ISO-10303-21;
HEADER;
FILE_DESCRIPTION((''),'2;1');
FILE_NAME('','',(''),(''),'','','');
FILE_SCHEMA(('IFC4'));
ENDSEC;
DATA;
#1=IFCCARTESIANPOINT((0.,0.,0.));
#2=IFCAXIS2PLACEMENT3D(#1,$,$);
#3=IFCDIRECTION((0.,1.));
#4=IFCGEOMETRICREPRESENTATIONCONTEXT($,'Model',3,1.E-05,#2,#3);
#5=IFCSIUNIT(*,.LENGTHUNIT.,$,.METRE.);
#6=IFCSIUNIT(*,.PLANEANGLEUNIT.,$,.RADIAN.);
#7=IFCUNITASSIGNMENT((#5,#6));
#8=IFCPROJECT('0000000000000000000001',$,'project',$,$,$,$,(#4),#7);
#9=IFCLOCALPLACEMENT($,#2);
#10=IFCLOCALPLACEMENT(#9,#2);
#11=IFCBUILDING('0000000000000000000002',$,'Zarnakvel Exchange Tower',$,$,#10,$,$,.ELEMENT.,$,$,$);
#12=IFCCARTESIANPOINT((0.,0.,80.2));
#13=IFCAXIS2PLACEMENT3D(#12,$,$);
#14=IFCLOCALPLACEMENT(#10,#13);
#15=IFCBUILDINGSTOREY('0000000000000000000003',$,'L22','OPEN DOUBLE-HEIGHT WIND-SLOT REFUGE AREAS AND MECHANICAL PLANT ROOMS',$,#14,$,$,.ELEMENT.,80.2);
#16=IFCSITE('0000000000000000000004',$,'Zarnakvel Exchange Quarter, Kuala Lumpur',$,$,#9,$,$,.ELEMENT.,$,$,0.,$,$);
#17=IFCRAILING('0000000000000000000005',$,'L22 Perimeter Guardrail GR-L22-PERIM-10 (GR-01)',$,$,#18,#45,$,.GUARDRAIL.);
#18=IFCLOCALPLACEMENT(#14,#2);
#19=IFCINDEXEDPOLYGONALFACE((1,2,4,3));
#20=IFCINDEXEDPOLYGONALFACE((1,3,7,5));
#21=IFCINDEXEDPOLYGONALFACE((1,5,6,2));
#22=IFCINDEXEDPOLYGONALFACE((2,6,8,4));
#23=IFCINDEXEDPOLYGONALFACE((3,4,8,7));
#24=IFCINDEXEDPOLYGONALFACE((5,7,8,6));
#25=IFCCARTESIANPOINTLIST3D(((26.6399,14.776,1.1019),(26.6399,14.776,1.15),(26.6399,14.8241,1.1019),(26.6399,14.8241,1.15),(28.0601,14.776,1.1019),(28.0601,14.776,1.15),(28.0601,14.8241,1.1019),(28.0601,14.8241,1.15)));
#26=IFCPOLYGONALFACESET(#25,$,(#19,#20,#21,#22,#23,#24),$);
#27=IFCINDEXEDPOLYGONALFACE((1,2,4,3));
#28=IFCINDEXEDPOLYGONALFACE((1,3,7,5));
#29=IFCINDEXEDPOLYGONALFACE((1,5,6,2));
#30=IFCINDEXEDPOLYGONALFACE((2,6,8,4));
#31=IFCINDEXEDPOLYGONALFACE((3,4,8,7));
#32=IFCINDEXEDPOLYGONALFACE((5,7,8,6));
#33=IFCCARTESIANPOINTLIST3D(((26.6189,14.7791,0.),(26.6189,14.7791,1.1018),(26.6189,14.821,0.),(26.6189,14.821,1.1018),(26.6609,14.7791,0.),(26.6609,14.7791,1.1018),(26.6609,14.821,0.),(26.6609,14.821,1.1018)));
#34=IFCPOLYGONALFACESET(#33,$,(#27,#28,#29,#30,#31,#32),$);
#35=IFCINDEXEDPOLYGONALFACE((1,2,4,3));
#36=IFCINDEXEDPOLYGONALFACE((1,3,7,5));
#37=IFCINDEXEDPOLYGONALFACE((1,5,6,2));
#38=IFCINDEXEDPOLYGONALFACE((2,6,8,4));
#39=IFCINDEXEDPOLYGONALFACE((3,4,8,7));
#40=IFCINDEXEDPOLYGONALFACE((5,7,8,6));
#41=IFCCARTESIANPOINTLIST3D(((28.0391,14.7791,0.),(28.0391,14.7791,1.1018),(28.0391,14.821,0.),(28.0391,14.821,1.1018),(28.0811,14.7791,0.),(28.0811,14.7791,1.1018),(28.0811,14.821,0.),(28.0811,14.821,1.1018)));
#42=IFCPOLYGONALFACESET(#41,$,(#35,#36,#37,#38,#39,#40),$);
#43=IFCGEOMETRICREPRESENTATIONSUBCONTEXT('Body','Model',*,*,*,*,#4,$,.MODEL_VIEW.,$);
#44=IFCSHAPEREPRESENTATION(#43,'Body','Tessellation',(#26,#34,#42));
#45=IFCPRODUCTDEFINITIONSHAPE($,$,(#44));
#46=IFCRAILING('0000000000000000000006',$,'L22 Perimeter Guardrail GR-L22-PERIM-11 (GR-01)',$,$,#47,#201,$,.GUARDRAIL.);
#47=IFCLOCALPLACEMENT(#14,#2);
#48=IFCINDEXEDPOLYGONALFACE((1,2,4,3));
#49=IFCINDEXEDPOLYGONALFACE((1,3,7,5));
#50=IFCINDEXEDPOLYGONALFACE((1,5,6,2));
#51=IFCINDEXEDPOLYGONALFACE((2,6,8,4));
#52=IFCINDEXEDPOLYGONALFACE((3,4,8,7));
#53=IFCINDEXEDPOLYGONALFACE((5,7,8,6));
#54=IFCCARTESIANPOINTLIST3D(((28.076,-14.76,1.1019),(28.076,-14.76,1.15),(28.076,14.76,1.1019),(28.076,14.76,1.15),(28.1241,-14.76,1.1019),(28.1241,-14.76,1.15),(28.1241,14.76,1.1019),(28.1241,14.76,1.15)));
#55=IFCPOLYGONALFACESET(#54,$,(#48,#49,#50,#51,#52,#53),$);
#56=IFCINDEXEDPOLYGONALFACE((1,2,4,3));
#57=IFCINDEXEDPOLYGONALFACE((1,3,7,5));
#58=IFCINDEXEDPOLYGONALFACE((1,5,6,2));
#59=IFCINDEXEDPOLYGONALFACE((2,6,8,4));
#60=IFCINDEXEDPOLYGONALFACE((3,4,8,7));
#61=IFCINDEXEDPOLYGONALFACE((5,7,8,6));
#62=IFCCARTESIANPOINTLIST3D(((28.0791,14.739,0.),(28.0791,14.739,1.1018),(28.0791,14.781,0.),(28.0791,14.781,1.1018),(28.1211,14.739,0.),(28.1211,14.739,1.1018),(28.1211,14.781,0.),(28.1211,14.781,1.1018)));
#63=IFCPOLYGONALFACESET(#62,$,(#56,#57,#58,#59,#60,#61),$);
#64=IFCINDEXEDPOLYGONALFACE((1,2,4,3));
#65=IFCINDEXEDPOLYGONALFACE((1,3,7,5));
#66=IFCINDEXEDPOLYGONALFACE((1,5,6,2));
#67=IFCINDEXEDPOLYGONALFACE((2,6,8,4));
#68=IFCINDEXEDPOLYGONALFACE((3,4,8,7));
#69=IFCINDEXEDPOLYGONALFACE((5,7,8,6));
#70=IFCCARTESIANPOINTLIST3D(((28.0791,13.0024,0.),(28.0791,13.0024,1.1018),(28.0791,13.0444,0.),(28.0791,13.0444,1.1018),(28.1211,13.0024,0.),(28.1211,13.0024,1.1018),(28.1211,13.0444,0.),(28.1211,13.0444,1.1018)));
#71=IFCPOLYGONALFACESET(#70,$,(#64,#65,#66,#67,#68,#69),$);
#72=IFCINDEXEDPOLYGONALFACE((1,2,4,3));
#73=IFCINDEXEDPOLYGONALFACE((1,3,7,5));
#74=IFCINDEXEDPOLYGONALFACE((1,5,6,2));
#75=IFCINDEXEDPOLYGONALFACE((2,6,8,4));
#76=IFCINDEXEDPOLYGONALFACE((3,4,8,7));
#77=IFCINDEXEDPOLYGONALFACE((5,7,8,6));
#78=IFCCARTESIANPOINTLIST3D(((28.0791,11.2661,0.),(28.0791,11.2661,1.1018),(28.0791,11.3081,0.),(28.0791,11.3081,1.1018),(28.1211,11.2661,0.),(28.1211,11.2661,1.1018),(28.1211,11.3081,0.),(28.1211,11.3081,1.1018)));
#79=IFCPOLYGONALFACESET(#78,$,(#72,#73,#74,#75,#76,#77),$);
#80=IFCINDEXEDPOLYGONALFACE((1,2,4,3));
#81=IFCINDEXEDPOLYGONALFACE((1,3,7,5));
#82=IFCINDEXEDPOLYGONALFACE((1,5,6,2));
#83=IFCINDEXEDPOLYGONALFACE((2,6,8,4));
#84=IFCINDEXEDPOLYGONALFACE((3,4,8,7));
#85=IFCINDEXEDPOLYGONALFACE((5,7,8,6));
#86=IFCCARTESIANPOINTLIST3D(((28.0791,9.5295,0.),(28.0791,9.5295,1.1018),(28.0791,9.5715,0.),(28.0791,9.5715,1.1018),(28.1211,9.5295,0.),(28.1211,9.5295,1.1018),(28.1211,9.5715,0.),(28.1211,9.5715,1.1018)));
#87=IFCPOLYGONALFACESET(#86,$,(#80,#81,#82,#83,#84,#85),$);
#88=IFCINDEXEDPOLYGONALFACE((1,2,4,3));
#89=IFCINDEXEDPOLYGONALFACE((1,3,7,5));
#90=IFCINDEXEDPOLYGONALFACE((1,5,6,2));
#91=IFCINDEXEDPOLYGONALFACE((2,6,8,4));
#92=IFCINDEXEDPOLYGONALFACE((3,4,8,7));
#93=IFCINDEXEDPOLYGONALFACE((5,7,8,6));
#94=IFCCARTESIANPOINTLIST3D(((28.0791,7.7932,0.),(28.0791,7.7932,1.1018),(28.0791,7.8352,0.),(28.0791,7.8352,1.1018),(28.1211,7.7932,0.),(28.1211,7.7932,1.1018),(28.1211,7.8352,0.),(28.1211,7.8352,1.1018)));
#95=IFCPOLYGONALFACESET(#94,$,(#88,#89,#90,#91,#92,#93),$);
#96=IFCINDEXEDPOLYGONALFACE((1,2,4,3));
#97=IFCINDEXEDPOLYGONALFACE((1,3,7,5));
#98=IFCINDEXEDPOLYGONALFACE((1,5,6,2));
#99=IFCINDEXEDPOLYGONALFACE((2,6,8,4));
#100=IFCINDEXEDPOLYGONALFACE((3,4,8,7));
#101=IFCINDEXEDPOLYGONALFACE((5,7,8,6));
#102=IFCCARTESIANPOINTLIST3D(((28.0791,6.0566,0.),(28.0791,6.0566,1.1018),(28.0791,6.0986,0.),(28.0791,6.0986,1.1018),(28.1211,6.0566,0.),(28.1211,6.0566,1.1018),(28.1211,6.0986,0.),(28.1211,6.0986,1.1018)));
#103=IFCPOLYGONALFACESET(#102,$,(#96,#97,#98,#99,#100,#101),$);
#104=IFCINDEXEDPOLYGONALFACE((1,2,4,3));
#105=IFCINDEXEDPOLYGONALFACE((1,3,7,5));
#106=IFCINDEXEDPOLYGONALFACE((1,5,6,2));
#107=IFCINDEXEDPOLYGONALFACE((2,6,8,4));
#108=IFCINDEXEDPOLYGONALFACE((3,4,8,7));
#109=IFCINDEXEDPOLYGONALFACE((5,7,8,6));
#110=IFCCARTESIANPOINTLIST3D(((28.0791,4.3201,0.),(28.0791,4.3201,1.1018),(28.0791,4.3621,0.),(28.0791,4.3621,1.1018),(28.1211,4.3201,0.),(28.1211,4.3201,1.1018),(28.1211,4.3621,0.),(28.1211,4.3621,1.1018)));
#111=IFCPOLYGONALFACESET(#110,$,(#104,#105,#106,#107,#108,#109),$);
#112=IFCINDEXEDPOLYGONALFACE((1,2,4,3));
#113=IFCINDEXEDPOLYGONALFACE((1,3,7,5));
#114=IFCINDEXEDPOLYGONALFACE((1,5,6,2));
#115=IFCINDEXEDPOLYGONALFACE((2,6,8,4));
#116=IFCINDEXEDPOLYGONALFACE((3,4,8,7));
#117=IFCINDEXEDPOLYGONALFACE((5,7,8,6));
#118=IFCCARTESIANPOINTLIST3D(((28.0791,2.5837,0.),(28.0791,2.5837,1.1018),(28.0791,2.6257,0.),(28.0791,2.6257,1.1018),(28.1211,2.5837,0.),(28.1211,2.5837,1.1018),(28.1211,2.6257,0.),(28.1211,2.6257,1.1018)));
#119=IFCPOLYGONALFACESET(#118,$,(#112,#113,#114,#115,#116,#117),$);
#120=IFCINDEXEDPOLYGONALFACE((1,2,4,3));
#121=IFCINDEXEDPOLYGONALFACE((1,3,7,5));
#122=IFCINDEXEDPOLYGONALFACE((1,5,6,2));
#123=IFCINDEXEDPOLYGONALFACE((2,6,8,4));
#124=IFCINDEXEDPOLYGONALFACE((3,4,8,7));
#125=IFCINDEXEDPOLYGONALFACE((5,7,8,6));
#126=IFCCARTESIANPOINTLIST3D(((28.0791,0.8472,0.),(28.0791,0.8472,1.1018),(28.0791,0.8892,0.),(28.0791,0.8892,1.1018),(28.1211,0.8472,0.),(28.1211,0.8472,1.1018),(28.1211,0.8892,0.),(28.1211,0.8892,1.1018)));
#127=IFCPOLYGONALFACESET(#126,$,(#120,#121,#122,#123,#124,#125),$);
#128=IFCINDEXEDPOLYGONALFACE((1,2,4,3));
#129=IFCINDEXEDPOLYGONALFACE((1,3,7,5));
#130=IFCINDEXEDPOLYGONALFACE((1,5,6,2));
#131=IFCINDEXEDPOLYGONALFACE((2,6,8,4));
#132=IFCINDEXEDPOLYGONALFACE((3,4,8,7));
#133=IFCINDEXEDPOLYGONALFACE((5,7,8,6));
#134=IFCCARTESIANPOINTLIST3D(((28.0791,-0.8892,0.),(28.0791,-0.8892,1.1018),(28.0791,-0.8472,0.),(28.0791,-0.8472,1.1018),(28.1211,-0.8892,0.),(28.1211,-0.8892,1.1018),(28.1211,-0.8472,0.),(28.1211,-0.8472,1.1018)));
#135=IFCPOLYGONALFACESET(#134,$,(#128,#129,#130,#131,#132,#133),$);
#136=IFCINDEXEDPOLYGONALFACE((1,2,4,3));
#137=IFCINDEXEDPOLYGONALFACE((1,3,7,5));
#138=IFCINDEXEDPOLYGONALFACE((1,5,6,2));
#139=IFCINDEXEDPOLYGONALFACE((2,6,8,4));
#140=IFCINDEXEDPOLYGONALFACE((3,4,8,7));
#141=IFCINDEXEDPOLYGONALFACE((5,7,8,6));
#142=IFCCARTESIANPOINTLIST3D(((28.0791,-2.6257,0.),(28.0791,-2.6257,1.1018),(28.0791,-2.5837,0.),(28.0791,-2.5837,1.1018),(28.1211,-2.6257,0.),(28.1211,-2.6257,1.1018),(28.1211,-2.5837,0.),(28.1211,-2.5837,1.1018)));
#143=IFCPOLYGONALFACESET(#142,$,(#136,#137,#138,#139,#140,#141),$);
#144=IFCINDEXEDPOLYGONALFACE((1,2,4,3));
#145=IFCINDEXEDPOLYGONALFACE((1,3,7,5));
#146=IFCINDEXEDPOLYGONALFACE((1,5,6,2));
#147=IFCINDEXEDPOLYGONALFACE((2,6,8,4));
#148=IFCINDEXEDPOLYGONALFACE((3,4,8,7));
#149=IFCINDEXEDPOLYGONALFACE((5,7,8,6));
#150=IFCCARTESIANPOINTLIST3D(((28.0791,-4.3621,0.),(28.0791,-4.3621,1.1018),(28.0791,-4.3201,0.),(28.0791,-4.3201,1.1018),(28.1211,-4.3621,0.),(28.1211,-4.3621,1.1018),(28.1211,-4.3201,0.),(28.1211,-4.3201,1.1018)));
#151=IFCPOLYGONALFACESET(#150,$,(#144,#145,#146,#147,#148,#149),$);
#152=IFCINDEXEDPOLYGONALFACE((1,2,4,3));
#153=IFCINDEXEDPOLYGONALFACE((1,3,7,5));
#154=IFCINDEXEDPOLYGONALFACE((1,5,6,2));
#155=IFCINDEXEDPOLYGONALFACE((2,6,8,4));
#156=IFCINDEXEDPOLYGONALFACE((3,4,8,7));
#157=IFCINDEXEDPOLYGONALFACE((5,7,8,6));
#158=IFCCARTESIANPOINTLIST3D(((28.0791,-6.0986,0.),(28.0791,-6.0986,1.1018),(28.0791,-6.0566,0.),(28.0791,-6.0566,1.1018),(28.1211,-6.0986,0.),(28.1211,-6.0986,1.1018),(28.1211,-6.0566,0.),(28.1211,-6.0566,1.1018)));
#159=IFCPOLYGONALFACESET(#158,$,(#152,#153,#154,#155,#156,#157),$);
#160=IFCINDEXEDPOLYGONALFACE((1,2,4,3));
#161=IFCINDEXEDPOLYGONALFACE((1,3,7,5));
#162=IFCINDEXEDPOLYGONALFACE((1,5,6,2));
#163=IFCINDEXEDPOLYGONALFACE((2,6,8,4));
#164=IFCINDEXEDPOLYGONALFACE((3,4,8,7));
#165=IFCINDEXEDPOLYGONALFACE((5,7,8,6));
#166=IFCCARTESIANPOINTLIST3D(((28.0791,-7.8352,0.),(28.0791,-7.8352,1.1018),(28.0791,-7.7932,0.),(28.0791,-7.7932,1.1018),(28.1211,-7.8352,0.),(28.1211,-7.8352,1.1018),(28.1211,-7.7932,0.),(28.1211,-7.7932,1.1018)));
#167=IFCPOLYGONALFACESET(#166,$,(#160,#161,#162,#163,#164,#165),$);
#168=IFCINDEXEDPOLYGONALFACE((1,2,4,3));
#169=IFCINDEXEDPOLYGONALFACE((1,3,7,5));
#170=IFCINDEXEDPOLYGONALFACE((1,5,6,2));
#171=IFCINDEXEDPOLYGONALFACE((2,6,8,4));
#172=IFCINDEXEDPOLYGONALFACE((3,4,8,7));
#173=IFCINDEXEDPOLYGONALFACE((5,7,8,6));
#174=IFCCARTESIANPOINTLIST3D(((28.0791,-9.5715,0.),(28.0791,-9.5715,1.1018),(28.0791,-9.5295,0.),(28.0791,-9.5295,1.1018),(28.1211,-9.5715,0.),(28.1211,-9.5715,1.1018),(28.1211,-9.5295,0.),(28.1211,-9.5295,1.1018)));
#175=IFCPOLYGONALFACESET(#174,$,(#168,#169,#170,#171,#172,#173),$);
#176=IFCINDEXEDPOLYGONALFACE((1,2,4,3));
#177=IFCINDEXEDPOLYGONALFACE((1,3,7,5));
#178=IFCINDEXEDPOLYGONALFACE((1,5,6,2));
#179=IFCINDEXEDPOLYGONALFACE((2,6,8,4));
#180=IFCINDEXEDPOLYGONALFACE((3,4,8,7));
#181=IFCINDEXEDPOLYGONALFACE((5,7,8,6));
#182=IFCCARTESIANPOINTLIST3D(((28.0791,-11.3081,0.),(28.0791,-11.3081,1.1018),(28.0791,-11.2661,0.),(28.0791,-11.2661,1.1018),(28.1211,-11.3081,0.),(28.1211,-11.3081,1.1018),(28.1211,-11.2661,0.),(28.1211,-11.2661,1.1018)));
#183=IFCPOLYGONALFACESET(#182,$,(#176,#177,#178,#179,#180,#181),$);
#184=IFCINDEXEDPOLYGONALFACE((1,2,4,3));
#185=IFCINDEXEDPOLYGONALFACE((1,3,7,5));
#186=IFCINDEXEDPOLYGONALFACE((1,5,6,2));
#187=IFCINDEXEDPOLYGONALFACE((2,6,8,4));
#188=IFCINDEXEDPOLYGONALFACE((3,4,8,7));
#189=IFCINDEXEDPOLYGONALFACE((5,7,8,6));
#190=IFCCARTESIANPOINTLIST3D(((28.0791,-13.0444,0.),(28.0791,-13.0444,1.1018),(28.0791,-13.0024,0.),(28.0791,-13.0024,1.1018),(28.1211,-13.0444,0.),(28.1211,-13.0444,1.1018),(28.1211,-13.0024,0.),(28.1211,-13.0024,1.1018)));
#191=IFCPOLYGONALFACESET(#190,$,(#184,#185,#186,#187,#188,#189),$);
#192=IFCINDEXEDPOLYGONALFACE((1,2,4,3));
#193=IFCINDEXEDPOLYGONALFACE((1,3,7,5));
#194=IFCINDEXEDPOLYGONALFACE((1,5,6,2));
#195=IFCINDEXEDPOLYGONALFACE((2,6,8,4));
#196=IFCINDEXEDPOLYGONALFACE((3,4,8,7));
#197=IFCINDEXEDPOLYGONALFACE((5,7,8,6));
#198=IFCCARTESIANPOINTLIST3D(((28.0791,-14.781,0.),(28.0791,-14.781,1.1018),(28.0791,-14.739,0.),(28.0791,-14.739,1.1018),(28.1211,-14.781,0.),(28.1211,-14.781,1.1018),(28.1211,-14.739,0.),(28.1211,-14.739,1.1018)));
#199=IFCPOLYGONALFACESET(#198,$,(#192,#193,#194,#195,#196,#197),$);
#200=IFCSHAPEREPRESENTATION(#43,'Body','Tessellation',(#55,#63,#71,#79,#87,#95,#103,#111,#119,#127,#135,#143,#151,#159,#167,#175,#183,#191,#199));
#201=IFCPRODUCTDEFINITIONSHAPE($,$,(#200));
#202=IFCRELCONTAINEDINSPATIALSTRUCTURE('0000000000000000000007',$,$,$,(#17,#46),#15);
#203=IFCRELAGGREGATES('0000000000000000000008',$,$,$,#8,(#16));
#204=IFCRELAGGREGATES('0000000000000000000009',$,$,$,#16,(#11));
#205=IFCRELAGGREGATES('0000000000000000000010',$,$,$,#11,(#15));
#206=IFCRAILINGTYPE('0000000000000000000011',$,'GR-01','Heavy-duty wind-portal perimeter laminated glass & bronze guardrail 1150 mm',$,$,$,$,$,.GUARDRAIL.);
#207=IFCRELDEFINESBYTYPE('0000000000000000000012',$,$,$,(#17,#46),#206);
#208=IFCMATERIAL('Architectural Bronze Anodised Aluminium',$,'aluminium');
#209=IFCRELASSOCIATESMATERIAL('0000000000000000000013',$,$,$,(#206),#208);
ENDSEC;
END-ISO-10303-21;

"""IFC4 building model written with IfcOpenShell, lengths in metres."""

from ifc_helpers import new_model, si_unit, direction, frame, origin, origin_2d, place, context, subcontext, project, spatial, rectangle, extrude, material, type_object, element, save


model = new_model("IFC4")

# Units and contexts
model_context = context("Model", 3, precision=1e-05, world=origin(), true_north=direction((0.0, 1.0)))
body_context = subcontext(model_context, "Body", "Model", "MODEL_VIEW")
ifc_project = project(units=[si_unit("LENGTHUNIT", "METRE"), si_unit("PLANEANGLEUNIT", "RADIAN")], contexts=[model_context])

# Site, building, storey
site_placement = place(None, origin())
site = spatial("IfcSite", under=ifc_project, at=site_placement, Name="Zarnakvel Exchange Quarter, Kuala Lumpur", CompositionType="ELEMENT", RefElevation=0.0)
building_placement = place(site_placement, origin())
building = spatial("IfcBuilding", under=site, at=building_placement, Name="Zarnakvel Exchange Tower", CompositionType="ELEMENT")
storey_placement = place(building_placement, frame((0.0, 0.0, 80.2)))
storey = spatial("IfcBuildingStorey", under=building, at=storey_placement, Name="L22", Description="OPEN DOUBLE-HEIGHT WIND-SLOT REFUGE AREAS AND MECHANICAL PLANT ROOMS", CompositionType="ELEMENT", Elevation=80.2)

# Railings
ifc_material_1 = material(Name="Architectural Bronze Anodised Aluminium", Category="aluminium")
railing_type = type_object("IfcRailingType", Name="GR-01", Description="Heavy-duty wind-portal perimeter laminated glass & bronze guardrail 1150 mm", PredefinedType="GUARDRAIL", material=ifc_material_1)
railing_1_placement = place(storey_placement, frame((26.6399, 14.8, 0.0)))
element("IfcRailing", 1, at=railing_1_placement, inside=storey, type_object=railing_type, Name="L22 Perimeter Guardrail GR-L22-PERIM-10 (GR-01)", PredefinedType="GUARDRAIL", context=body_context, shape_type="SweptSolid", body=[
    extrude(rectangle(XDim=0.0481, YDim=0.0481, at=origin_2d()), frame((0.0, 0.0, 1.126), z_axis=(1.0, 0.0, 0.0), x_axis=(0.0, 1.0, 0.0)), (0.0, 0.0, 1.0), 1.4202),
    extrude(rectangle(XDim=0.042, YDim=0.042, at=origin_2d()), origin(), (0.0, 0.0, 1.0), 1.1018),
    extrude(rectangle(XDim=0.042, YDim=0.042, at=origin_2d()), frame((1.4202, 0.0, 0.0)), (0.0, 0.0, 1.0), 1.1018),
])
railing_2_placement = place(storey_placement, frame((28.1001, 14.76, 0.0)))
element("IfcRailing", 2, at=railing_2_placement, inside=storey, type_object=railing_type, Name="L22 Perimeter Guardrail GR-L22-PERIM-11 (GR-01)", PredefinedType="GUARDRAIL", context=body_context, shape_type="SweptSolid", body=[
    extrude(rectangle(XDim=0.0481, YDim=0.0481, at=origin_2d()), frame((0.0, 0.0, 1.126), z_axis=(0.0, -1.0, 0.0), x_axis=(1.0, 0.0, 0.0)), (0.0, 0.0, 1.0), 29.52),
    extrude(rectangle(XDim=0.042, YDim=0.042, at=origin_2d()), origin(), (0.0, 0.0, 1.0), 1.1018),
    extrude(rectangle(XDim=0.042, YDim=0.042, at=origin_2d()), frame((0.0, -1.7366, 0.0)), (0.0, 0.0, 1.0), 1.1018),
    extrude(rectangle(XDim=0.042, YDim=0.042, at=origin_2d()), frame((0.0, -3.4729, 0.0)), (0.0, 0.0, 1.0), 1.1018),
    extrude(rectangle(XDim=0.042, YDim=0.042, at=origin_2d()), frame((0.0, -5.2095, 0.0)), (0.0, 0.0, 1.0), 1.1018),
    extrude(rectangle(XDim=0.042, YDim=0.042, at=origin_2d()), frame((0.0, -6.9458, 0.0)), (0.0, 0.0, 1.0), 1.1018),
    extrude(rectangle(XDim=0.042, YDim=0.042, at=origin_2d()), frame((0.0, -8.6824, 0.0)), (0.0, 0.0, 1.0), 1.1018),
    extrude(rectangle(XDim=0.042, YDim=0.042, at=origin_2d()), frame((0.0, -10.4189, 0.0)), (0.0, 0.0, 1.0), 1.1018),
    extrude(rectangle(XDim=0.042, YDim=0.042, at=origin_2d()), frame((0.0, -12.1553, 0.0)), (0.0, 0.0, 1.0), 1.1018),
    extrude(rectangle(XDim=0.042, YDim=0.042, at=origin_2d()), frame((0.0, -13.8918, 0.0)), (0.0, 0.0, 1.0), 1.1018),
    extrude(rectangle(XDim=0.042, YDim=0.042, at=origin_2d()), frame((0.0, -15.6282, 0.0)), (0.0, 0.0, 1.0), 1.1018),
    extrude(rectangle(XDim=0.042, YDim=0.042, at=origin_2d()), frame((0.0, -17.3647, 0.0)), (0.0, 0.0, 1.0), 1.1018),
    extrude(rectangle(XDim=0.042, YDim=0.042, at=origin_2d()), frame((0.0, -19.1011, 0.0)), (0.0, 0.0, 1.0), 1.1018),
    extrude(rectangle(XDim=0.042, YDim=0.042, at=origin_2d()), frame((0.0, -20.8376, 0.0)), (0.0, 0.0, 1.0), 1.1018),
    extrude(rectangle(XDim=0.042, YDim=0.042, at=origin_2d()), frame((0.0, -22.5742, 0.0)), (0.0, 0.0, 1.0), 1.1018),
    extrude(rectangle(XDim=0.042, YDim=0.042, at=origin_2d()), frame((0.0, -24.3105, 0.0)), (0.0, 0.0, 1.0), 1.1018),
    extrude(rectangle(XDim=0.042, YDim=0.042, at=origin_2d()), frame((0.0, -26.0471, 0.0)), (0.0, 0.0, 1.0), 1.1018),
    extrude(rectangle(XDim=0.042, YDim=0.042, at=origin_2d()), frame((0.0, -27.7834, 0.0)), (0.0, 0.0, 1.0), 1.1018),
    extrude(rectangle(XDim=0.042, YDim=0.042, at=origin_2d()), frame((0.0, -29.52, 0.0)), (0.0, 0.0, 1.0), 1.1018),
])

save(model, "model.ifc")
